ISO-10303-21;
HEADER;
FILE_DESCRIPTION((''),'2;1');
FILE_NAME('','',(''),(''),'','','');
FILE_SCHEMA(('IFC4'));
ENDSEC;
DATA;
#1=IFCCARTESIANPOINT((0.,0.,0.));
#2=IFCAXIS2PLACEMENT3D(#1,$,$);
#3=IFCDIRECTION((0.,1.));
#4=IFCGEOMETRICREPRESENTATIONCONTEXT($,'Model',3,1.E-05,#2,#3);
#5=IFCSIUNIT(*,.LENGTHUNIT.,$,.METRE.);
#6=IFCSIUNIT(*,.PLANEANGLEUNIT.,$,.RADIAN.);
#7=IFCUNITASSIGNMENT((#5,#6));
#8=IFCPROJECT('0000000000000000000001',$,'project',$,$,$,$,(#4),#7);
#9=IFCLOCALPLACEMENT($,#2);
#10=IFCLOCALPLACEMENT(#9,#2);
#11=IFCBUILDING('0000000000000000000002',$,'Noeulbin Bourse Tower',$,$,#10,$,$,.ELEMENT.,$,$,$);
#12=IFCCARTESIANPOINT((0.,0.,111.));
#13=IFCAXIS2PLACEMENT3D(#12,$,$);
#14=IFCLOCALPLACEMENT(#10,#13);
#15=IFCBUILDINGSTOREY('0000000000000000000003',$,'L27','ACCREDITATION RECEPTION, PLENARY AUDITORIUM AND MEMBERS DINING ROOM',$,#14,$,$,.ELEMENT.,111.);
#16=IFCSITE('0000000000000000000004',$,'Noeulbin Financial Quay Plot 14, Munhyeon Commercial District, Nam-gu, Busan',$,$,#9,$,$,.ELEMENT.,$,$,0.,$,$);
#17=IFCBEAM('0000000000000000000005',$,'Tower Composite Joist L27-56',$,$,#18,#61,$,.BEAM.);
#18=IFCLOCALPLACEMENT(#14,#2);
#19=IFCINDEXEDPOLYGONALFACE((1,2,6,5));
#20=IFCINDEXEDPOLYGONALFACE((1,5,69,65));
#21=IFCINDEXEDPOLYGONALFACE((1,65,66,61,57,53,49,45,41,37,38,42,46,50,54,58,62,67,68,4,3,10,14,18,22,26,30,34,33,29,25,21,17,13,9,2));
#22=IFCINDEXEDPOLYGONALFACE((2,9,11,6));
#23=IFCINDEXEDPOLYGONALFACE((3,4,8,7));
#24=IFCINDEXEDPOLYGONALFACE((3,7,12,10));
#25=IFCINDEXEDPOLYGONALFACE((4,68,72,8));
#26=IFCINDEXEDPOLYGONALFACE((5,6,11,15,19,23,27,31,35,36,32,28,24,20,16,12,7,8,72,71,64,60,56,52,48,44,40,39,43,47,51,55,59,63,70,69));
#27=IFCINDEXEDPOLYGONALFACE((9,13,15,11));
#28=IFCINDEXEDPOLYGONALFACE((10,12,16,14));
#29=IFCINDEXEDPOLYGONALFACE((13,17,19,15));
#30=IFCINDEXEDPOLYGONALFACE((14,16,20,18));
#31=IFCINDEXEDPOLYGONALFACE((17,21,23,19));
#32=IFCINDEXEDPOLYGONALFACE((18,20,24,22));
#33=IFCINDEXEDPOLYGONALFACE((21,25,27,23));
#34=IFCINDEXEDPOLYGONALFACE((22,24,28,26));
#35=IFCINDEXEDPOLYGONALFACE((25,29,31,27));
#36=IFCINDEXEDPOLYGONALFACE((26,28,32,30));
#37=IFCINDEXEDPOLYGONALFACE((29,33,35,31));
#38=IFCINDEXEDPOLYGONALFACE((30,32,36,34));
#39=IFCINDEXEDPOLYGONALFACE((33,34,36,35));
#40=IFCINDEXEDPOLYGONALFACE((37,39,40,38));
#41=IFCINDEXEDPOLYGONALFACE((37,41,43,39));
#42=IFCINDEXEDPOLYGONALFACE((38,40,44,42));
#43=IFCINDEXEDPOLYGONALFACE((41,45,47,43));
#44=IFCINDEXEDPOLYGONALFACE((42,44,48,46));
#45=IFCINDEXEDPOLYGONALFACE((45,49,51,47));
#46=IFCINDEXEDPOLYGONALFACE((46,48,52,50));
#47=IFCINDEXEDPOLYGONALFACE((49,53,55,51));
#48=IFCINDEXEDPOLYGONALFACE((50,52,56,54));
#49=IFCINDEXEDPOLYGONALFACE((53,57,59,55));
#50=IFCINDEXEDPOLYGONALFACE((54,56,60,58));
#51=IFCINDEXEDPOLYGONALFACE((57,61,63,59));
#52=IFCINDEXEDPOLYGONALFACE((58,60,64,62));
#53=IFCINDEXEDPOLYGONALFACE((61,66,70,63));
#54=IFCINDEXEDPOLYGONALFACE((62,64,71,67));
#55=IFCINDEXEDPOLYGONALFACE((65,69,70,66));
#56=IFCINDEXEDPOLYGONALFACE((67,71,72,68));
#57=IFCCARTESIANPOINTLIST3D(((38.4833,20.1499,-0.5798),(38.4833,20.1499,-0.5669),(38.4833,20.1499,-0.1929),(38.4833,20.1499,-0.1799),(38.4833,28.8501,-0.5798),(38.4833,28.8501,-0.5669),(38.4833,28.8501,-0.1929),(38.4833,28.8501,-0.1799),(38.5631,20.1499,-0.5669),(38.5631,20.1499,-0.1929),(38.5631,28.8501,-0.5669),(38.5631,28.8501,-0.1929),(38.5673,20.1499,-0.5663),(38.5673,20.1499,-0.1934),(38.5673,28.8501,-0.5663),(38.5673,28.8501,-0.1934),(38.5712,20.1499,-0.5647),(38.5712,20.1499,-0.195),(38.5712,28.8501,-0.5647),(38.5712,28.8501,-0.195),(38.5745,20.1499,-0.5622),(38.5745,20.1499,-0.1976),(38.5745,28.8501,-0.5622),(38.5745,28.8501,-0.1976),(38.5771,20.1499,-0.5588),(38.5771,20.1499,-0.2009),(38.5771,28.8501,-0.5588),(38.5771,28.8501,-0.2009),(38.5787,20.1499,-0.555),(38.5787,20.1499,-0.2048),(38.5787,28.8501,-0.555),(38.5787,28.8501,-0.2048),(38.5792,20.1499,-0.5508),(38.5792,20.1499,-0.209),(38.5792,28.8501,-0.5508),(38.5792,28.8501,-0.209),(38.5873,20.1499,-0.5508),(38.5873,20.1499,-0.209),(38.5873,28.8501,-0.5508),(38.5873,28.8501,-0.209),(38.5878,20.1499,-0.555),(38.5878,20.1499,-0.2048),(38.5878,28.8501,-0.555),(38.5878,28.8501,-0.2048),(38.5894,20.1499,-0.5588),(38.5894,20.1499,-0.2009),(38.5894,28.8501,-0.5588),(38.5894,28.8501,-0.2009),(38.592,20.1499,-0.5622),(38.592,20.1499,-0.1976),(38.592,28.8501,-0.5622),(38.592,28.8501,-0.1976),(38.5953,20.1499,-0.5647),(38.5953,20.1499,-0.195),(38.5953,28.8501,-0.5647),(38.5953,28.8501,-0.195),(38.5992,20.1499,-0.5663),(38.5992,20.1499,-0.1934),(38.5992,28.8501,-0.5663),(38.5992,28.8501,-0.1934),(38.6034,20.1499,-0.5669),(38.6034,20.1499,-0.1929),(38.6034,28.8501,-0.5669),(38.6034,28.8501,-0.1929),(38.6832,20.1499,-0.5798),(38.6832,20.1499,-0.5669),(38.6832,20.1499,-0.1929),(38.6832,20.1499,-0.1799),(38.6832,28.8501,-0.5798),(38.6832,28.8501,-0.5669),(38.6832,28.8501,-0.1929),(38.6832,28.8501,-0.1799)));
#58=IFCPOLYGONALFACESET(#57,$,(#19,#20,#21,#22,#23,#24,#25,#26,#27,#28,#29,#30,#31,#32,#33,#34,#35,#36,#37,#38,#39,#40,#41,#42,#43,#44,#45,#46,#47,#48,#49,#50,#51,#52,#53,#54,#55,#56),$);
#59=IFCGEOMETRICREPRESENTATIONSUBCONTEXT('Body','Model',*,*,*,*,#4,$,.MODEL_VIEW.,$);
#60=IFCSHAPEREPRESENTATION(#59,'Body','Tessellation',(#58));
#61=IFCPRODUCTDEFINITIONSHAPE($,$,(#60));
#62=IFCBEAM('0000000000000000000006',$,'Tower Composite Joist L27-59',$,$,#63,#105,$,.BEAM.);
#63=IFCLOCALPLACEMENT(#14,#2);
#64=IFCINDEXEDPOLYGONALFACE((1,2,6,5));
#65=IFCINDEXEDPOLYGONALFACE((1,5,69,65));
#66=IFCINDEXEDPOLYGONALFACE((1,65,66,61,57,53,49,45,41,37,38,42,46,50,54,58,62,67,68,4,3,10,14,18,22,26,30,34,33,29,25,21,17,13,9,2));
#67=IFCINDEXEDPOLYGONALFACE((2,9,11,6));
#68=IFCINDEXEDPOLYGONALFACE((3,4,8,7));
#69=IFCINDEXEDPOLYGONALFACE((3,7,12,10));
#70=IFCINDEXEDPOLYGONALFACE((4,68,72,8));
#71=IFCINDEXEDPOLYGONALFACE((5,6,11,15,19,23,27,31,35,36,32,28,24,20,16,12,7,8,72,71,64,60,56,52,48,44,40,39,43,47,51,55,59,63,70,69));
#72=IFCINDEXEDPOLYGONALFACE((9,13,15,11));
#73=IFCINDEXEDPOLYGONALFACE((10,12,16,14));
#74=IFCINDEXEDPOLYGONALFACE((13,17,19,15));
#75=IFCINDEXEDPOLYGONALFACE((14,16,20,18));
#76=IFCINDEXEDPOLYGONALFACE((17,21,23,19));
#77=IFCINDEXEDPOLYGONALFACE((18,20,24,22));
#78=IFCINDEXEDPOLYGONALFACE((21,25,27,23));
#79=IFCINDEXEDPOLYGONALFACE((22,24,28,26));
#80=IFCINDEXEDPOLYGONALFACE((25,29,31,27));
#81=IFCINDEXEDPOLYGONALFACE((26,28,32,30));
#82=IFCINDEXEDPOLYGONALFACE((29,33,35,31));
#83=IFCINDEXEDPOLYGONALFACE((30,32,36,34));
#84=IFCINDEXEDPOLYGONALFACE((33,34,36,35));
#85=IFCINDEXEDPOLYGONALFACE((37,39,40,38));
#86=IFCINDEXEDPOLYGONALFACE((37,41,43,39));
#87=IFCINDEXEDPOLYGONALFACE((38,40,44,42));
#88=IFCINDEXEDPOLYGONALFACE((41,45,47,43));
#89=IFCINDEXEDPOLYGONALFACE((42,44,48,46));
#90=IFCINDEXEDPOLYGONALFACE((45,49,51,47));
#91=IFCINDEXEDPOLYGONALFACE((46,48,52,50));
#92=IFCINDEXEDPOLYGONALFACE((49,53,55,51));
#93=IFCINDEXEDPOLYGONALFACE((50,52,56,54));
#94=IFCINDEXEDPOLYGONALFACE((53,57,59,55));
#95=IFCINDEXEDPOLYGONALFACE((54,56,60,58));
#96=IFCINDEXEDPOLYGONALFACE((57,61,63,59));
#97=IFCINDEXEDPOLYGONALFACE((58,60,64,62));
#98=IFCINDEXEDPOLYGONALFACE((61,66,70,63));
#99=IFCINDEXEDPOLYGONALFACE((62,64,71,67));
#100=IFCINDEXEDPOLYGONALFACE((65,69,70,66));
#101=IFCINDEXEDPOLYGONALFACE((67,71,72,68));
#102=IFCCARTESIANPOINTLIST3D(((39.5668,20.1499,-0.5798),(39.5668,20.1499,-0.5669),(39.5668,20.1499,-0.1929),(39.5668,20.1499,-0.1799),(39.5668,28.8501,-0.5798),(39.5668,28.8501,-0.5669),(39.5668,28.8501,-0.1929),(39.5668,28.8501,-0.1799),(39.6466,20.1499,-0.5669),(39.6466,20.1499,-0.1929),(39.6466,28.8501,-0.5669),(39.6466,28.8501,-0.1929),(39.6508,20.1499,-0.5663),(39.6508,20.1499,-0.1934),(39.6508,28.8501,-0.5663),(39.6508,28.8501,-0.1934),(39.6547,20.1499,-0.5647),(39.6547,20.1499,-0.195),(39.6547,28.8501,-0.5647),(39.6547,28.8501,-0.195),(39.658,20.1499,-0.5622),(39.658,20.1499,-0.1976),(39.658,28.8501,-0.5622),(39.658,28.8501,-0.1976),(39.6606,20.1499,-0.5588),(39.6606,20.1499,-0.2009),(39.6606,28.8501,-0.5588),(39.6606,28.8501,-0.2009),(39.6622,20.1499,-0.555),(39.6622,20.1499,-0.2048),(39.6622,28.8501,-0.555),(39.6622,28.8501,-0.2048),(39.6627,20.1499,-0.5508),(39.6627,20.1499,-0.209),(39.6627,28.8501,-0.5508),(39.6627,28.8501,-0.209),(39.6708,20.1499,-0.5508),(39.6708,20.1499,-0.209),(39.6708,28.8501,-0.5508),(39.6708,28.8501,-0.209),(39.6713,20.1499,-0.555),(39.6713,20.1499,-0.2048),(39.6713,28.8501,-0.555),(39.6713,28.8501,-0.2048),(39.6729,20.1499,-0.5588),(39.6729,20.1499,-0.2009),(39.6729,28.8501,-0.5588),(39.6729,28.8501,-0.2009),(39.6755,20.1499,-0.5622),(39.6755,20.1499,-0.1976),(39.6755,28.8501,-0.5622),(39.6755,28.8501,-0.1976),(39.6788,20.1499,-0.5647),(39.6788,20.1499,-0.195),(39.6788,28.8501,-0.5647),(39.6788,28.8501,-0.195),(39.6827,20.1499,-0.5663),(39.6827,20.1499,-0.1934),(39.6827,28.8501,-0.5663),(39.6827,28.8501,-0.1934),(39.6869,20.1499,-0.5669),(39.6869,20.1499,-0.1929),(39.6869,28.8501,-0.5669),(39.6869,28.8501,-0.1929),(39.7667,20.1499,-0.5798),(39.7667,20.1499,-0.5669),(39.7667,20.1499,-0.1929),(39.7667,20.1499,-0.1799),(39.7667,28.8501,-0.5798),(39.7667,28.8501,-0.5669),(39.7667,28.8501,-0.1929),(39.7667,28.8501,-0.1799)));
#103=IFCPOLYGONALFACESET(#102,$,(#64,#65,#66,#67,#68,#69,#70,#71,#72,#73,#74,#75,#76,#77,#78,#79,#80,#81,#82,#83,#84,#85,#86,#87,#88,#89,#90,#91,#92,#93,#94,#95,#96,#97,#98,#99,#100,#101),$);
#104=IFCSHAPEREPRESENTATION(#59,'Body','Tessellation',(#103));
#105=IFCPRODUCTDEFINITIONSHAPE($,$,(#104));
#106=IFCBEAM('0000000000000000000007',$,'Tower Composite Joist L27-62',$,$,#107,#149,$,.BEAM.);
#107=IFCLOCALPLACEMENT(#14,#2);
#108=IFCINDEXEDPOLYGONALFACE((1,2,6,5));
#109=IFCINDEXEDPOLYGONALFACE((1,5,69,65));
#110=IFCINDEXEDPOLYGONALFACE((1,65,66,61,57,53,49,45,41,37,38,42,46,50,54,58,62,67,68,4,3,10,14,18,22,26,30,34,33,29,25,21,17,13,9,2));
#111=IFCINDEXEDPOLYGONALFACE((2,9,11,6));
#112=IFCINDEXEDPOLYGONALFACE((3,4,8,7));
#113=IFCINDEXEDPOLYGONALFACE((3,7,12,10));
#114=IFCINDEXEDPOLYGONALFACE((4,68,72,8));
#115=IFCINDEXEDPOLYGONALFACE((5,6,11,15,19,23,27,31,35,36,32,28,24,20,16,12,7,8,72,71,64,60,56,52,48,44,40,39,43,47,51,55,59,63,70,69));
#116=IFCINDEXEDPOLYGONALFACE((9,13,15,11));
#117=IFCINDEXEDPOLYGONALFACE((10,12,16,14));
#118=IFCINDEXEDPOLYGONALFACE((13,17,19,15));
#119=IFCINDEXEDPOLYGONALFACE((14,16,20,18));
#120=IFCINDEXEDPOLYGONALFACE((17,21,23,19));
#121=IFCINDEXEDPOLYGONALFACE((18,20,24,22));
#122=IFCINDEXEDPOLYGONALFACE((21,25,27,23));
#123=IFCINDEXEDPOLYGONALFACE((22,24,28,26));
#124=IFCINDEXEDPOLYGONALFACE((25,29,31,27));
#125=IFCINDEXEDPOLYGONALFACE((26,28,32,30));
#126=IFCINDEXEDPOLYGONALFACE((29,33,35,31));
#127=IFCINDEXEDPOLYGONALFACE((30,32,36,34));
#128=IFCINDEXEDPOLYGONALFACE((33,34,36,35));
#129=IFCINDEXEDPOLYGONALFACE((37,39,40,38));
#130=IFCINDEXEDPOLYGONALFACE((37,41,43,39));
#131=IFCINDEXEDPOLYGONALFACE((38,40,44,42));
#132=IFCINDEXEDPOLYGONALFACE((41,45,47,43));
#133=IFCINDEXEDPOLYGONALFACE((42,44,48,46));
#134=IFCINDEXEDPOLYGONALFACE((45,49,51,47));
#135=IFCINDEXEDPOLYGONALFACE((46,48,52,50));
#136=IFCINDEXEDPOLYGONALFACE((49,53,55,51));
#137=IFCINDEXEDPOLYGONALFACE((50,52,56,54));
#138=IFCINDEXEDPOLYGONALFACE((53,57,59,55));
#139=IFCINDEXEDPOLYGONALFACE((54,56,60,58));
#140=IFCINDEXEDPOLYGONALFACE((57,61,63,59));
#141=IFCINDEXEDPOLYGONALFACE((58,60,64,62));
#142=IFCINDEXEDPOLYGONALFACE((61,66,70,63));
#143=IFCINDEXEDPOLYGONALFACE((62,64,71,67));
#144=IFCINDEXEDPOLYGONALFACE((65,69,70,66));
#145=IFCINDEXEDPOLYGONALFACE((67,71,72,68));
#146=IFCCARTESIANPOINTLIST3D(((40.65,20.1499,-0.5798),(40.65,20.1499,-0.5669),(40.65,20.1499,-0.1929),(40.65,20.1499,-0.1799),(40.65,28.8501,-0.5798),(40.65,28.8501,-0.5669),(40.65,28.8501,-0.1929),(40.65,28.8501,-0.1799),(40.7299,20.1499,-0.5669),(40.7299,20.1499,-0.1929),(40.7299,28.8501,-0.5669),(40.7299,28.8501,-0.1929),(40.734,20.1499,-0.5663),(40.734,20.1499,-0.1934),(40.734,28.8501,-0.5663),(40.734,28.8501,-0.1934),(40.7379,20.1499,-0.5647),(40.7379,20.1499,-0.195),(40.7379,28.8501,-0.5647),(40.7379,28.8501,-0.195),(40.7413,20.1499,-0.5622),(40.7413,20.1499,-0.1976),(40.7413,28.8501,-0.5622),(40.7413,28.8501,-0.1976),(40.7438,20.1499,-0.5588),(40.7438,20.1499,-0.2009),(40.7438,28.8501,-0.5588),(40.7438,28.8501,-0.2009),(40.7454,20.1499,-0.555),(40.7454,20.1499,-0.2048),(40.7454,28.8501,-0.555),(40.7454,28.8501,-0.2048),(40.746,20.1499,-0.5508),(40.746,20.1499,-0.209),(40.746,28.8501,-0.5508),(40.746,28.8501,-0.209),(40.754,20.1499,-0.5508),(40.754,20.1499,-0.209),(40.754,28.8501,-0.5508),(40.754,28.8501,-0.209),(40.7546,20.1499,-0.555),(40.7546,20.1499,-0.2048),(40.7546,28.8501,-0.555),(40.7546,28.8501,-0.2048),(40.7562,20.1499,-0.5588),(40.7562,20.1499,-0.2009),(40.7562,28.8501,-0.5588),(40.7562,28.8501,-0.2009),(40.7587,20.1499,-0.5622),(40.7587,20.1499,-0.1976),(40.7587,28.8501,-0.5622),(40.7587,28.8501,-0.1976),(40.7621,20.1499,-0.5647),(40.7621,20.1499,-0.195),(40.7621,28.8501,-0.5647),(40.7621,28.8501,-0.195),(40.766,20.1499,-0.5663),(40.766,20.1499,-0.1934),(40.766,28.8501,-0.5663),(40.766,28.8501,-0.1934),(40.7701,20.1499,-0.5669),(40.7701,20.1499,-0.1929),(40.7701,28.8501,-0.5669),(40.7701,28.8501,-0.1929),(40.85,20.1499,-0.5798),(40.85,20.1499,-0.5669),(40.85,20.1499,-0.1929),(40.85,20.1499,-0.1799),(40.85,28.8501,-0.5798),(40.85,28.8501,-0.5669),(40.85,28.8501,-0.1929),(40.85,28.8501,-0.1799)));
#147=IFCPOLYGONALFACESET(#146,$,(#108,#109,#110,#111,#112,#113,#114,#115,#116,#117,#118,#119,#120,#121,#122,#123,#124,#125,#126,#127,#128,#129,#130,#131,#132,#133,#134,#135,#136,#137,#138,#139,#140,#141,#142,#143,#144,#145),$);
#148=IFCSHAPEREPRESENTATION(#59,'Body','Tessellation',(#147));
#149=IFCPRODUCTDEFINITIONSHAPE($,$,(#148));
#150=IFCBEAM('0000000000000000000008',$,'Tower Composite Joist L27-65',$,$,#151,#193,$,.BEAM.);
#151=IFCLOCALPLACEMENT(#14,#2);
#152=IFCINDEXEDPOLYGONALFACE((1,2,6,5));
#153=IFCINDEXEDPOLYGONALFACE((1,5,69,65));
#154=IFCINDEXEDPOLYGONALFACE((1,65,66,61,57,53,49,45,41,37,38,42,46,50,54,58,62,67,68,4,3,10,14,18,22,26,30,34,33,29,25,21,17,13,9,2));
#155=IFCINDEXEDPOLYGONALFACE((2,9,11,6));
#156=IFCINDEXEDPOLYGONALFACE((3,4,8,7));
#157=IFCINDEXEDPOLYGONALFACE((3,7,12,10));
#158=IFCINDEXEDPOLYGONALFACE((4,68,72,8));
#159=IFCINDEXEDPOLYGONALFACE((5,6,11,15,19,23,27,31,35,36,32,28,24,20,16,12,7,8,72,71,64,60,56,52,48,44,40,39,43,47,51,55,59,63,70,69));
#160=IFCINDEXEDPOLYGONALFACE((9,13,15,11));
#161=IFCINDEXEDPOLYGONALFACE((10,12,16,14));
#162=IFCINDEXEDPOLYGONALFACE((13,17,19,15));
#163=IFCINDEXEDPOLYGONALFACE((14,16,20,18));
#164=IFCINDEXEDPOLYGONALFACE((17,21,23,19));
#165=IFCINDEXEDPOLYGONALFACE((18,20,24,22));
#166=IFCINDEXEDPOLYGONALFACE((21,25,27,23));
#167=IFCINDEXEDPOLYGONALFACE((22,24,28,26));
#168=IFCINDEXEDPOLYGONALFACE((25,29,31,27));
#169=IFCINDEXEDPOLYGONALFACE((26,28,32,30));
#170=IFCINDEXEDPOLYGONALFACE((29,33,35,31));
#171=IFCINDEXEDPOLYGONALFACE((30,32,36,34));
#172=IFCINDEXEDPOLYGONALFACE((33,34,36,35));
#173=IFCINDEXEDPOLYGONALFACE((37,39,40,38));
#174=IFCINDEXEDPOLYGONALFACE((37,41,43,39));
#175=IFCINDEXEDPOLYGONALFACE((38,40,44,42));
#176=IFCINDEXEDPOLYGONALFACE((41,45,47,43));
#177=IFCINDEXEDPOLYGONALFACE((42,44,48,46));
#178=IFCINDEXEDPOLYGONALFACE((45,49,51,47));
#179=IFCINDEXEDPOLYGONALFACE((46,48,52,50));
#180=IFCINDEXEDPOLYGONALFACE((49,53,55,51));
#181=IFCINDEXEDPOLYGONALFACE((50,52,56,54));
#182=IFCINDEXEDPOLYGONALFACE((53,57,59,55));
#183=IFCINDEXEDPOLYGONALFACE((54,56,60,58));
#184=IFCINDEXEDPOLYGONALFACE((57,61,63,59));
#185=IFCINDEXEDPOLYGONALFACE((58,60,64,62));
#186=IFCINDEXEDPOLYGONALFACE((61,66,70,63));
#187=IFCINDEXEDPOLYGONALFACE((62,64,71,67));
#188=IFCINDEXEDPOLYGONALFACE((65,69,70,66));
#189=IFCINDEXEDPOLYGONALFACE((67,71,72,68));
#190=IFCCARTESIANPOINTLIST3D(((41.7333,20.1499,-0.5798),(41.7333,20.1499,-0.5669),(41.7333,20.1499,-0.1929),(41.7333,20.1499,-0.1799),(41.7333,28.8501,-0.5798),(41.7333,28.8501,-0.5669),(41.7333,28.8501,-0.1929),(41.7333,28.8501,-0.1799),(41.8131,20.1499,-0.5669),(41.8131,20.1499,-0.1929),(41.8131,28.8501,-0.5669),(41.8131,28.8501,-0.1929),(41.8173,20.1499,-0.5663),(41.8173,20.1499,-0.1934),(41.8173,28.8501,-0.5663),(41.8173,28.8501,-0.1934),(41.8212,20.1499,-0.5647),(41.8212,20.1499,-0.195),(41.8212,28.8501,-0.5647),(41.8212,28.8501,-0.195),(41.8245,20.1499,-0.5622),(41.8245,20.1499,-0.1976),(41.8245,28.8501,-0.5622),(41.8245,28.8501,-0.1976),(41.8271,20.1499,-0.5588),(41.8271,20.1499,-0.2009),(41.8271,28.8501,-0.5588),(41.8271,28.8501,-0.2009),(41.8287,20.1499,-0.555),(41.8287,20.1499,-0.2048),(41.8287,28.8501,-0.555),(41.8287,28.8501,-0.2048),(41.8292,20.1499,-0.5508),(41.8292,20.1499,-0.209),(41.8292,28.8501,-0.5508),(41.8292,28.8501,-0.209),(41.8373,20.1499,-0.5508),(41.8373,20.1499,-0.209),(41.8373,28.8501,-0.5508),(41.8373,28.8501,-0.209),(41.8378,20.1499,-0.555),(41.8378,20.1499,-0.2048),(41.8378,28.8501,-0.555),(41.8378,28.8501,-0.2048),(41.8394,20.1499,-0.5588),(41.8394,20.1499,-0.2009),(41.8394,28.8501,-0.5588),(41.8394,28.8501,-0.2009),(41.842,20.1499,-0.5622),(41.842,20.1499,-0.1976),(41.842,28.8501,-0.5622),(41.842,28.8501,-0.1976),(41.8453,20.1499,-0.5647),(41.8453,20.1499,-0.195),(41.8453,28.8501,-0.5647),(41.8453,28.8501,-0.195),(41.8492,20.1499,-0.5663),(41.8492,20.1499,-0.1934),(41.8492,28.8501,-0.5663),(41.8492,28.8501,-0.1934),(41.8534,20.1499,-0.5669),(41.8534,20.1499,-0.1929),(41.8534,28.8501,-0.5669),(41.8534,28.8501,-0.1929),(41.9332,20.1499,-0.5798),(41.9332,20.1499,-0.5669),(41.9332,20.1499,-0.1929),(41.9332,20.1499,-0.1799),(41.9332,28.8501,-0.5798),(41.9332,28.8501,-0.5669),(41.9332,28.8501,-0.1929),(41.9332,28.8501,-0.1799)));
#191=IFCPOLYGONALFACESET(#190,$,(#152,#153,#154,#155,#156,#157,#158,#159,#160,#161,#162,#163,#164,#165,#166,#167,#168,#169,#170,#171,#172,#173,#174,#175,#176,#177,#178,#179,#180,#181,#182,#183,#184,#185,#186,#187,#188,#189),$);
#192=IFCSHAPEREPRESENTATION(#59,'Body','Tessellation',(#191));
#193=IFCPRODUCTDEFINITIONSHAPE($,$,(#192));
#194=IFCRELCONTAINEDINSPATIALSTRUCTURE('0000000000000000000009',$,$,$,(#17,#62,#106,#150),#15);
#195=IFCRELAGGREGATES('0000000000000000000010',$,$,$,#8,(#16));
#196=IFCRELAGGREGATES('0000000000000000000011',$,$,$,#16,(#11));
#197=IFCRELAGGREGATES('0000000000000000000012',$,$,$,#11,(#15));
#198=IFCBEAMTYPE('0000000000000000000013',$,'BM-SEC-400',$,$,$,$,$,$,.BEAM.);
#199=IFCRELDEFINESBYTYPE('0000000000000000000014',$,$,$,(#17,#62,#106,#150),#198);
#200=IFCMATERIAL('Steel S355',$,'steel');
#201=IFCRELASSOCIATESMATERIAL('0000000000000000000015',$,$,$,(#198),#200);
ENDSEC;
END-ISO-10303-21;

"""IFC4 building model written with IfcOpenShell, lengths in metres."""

from ifc_helpers import new_model, si_unit, direction, frame, origin, origin_2d, place, context, subcontext, project, spatial, i_section, extrude, material, material_profile, profile_set, type_object, element, save


model = new_model("IFC4")

# Units and contexts
model_context = context("Model", 3, precision=1e-05, world=origin(), true_north=direction((0.0, 1.0)))
body_context = subcontext(model_context, "Body", "Model", "MODEL_VIEW")
ifc_project = project(units=[si_unit("LENGTHUNIT", "METRE"), si_unit("PLANEANGLEUNIT", "RADIAN")], contexts=[model_context])

# Site, building, storey
site_placement = place(None, origin())
site = spatial("IfcSite", under=ifc_project, at=site_placement, Name="Noeulbin Financial Quay Plot 14, Munhyeon Commercial District, Nam-gu, Busan", CompositionType="ELEMENT", RefElevation=0.0)
building_placement = place(site_placement, origin())
building = spatial("IfcBuilding", under=site, at=building_placement, Name="Noeulbin Bourse Tower", CompositionType="ELEMENT")
storey_placement = place(building_placement, frame((0.0, 0.0, 111.0)))
storey = spatial("IfcBuildingStorey", under=building, at=storey_placement, Name="L27", Description="ACCREDITATION RECEPTION, PLENARY AUDITORIUM AND MEMBERS DINING ROOM", CompositionType="ELEMENT", Elevation=111.0)

# Shared definitions
ifc_material_1 = material(Name="Steel S355", Category="steel")

# Beams
ifc_material_profile_1 = material_profile(ifc_material_1, i_section(OverallWidth=0.2, OverallDepth=0.3999, WebThickness=0.0081, FlangeThickness=0.0129, FilletRadius=0.0161, at=origin_2d()), Name="H-400x200x8x13", Category="LoadBearing")
ifc_profile_set_1 = profile_set([ifc_material_profile_1], Name="Steel S355")
beam_type_1 = type_object("IfcBeamType", Name="BM-SEC-400", PredefinedType="BEAM", material=ifc_profile_set_1)
for number, where, z_axis, x_axis, name in (
    (1, (38.5833, 20.1499, -0.3799), (0.0, 1.0, 0.0), (-1.0, 0.0, 0.0), "Tower Composite Joist L27-56"),
    (2, (39.6667, 20.1499, -0.3799), (0.0, 1.0, 0.0), (-1.0, 0.0, 0.0), "Tower Composite Joist L27-59"),
    (3, (40.75, 20.1499, -0.3799), (0.0, 1.0, 0.0), (-1.0, 0.0, 0.0), "Tower Composite Joist L27-62"),
    (4, (41.8333, 20.1499, -0.3799), (0.0, 1.0, 0.0), (-1.0, 0.0, 0.0), "Tower Composite Joist L27-65"),
):
    element("IfcBeam", number, at=place(storey_placement, frame(where, z_axis=z_axis, x_axis=x_axis)), inside=storey, type_object=beam_type_1, Name=name, PredefinedType="BEAM", context=body_context, shape_type="SweptSolid", body=[
        extrude(i_section(OverallWidth=0.2, OverallDepth=0.3999, WebThickness=0.0081, FlangeThickness=0.0129, FilletRadius=0.0161, at=origin_2d()), origin(), (0.0, 0.0, 1.0), 8.7002),
    ])

save(model, "model.ifc")
